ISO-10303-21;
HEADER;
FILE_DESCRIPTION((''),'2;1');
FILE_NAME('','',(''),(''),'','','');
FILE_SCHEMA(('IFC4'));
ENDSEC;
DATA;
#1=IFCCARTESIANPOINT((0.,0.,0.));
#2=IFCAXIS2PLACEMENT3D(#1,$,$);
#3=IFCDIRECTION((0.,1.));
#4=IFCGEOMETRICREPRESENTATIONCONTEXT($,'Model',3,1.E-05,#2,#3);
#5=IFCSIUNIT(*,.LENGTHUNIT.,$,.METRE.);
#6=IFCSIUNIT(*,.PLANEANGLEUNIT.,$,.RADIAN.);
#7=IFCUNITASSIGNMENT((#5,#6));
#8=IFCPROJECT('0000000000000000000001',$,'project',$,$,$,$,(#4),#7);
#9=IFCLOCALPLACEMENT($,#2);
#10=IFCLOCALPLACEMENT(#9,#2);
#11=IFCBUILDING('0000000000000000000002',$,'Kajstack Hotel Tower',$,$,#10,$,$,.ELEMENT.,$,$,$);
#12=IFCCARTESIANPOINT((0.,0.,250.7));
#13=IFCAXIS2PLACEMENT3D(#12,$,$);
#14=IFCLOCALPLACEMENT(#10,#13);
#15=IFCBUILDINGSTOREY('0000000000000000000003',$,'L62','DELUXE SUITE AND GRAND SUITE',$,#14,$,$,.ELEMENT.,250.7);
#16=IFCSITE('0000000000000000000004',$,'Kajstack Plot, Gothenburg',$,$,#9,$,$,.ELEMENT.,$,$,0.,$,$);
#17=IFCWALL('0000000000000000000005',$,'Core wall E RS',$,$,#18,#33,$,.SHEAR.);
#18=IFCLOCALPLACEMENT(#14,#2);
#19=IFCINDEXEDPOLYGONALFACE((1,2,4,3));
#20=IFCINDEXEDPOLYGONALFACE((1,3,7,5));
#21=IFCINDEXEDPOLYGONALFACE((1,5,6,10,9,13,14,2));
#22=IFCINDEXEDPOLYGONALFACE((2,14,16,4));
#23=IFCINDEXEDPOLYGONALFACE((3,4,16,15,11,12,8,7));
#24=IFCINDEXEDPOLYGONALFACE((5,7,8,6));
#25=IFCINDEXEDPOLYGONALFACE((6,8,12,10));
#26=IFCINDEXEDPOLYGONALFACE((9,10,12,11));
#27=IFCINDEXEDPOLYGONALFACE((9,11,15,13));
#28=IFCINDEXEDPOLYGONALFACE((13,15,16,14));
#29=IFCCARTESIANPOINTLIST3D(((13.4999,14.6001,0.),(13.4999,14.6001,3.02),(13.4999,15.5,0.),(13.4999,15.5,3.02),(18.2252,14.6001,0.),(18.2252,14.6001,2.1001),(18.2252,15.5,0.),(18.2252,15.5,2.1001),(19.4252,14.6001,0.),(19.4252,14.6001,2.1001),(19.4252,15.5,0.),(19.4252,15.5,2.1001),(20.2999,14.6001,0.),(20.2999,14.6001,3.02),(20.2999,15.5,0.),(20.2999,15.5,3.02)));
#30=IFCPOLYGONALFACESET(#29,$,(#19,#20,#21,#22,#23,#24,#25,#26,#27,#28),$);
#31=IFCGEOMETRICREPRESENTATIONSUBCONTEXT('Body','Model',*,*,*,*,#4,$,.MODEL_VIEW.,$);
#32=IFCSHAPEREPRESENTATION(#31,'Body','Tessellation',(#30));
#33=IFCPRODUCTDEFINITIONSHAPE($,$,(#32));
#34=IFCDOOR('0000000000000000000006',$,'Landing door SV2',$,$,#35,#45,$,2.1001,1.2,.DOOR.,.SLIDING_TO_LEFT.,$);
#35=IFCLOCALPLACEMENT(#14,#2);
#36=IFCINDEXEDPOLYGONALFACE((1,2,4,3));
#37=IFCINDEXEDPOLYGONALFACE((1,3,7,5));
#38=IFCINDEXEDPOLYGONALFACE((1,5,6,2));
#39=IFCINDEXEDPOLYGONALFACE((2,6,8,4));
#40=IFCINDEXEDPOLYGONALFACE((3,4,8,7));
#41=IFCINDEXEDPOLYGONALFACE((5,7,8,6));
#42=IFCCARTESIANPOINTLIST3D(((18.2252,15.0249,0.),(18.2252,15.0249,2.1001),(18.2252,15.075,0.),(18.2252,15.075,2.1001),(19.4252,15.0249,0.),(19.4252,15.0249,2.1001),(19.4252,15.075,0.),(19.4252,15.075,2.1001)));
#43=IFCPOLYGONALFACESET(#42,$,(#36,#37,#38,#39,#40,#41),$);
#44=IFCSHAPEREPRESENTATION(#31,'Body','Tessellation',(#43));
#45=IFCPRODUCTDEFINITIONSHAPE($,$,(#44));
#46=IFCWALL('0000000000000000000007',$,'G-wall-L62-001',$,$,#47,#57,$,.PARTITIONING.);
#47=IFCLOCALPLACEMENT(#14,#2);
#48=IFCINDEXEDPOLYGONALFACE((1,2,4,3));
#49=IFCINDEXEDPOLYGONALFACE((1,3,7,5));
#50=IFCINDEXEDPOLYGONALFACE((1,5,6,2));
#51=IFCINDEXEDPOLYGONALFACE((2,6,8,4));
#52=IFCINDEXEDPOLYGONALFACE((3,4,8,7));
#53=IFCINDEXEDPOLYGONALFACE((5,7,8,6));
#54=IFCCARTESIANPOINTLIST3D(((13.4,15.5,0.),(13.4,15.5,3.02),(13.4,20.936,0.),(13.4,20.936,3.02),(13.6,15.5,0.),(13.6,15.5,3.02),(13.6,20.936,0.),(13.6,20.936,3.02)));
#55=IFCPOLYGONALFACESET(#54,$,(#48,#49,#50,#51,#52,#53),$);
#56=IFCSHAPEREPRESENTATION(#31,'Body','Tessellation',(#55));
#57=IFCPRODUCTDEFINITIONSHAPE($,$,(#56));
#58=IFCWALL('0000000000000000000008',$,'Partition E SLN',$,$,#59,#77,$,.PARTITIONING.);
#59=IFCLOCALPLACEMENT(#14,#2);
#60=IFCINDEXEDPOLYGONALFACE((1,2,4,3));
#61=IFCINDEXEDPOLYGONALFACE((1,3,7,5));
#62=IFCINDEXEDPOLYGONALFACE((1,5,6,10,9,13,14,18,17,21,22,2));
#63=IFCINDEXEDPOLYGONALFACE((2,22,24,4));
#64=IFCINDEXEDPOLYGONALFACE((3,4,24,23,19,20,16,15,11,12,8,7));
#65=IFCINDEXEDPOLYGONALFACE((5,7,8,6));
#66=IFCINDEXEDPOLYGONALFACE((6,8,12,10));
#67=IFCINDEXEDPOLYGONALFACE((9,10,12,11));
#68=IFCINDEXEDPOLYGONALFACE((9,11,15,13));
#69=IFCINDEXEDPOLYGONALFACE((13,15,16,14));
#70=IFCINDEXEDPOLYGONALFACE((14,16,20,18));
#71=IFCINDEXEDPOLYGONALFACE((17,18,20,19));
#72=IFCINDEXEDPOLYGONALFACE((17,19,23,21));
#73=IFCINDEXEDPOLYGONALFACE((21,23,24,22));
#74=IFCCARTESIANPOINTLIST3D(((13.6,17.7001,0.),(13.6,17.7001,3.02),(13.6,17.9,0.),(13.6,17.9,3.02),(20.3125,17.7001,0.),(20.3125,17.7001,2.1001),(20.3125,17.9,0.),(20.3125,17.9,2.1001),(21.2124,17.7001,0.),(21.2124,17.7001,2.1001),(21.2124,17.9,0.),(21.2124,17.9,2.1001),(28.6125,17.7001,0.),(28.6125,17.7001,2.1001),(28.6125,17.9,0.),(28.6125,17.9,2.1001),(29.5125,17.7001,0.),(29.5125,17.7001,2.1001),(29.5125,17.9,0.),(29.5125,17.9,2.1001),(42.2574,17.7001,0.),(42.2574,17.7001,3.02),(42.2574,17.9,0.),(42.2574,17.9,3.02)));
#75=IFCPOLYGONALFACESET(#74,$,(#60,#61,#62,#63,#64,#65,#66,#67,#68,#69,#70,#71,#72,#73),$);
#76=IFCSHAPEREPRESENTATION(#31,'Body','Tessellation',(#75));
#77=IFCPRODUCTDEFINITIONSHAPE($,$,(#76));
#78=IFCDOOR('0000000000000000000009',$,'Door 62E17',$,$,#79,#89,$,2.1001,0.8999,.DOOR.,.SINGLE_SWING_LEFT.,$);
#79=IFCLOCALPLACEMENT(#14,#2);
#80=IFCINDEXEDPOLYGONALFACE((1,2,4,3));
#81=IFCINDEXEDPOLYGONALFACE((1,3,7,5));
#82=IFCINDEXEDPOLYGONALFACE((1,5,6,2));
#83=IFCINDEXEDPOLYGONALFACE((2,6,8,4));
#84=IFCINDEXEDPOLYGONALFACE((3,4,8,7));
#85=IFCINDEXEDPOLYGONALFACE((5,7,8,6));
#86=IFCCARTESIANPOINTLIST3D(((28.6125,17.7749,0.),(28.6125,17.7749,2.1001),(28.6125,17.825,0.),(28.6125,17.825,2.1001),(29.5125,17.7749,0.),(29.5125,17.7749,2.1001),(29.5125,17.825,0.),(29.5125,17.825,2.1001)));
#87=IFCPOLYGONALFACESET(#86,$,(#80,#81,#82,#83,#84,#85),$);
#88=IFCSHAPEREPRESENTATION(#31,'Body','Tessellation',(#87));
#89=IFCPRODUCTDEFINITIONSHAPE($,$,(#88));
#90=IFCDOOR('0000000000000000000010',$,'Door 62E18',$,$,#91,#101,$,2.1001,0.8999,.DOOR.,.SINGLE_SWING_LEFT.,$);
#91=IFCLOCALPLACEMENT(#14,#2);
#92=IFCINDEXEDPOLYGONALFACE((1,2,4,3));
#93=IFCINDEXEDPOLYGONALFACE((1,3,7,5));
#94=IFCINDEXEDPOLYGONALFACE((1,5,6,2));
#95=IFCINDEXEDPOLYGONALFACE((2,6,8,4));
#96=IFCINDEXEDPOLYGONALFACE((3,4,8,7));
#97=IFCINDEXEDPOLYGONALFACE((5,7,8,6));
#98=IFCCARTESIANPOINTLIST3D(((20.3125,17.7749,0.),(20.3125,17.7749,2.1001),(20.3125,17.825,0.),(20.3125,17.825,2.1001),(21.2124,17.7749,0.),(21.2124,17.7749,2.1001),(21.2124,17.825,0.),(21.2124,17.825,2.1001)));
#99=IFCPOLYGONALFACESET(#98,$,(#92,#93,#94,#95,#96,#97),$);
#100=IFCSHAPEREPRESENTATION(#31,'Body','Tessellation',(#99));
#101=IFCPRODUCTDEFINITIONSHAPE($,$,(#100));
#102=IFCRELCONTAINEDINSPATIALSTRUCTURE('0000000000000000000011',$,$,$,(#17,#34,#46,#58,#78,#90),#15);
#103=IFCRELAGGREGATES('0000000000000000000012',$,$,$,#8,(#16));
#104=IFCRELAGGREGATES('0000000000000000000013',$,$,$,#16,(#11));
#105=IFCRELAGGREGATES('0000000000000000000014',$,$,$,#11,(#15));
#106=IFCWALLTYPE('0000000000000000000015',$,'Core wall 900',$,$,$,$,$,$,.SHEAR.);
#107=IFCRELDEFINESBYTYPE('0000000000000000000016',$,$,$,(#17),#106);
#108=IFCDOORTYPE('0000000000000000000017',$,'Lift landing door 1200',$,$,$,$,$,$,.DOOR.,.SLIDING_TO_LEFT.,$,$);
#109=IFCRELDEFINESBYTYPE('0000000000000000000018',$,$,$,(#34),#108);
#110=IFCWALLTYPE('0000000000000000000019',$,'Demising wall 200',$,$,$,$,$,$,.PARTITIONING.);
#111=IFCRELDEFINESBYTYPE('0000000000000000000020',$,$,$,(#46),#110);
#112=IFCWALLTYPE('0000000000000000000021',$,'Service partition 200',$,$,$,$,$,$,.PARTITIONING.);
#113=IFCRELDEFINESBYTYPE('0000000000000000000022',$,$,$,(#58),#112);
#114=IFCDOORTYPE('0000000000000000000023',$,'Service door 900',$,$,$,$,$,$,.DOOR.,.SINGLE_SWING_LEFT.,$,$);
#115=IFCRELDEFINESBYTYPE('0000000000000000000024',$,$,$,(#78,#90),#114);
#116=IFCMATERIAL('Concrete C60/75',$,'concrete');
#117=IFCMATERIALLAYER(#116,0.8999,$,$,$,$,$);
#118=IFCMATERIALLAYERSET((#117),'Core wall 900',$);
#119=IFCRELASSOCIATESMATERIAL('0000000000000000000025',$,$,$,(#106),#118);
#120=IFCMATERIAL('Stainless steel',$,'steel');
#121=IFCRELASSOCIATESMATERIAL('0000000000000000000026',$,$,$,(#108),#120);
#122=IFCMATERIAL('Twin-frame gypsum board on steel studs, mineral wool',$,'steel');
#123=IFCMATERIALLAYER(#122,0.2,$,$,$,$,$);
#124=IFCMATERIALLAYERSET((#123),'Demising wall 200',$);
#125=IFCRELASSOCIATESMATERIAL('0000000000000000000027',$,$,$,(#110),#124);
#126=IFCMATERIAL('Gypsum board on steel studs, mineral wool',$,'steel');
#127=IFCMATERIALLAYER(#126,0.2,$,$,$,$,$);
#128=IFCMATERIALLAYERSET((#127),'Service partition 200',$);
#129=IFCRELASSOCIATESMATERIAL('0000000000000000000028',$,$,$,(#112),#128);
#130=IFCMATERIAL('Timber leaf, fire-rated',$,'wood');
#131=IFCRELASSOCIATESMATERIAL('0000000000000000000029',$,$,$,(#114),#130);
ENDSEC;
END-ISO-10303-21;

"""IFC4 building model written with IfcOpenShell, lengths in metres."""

from ifc_helpers import new_model, si_unit, direction, frame, frame_2d, origin, place, context, subcontext, project, spatial, rectangle, extrude, material, layer, layer_set, type_object, element, fill, save


model = new_model("IFC4")

# Units and contexts
model_context = context("Model", 3, precision=1e-05, world=origin(), true_north=direction((0.0, 1.0)))
body_context = subcontext(model_context, "Body", "Model", "MODEL_VIEW")
ifc_project = project(units=[si_unit("LENGTHUNIT", "METRE"), si_unit("PLANEANGLEUNIT", "RADIAN")], contexts=[model_context])

# Site, building, storey
site_placement = place(None, origin())
site = spatial("IfcSite", under=ifc_project, at=site_placement, Name="Kajstack Plot, Gothenburg", CompositionType="ELEMENT", RefElevation=0.0)
building_placement = place(site_placement, origin())
building = spatial("IfcBuilding", under=site, at=building_placement, Name="Kajstack Hotel Tower", CompositionType="ELEMENT")
storey_placement = place(building_placement, frame((0.0, 0.0, 250.7)))
storey = spatial("IfcBuildingStorey", under=building, at=storey_placement, Name="L62", Description="DELUXE SUITE AND GRAND SUITE", CompositionType="ELEMENT", Elevation=250.7)

# Wall, opening, door
ifc_material_1 = material(Name="Concrete C60/75", Category="concrete")
ifc_layer_1 = layer(ifc_material_1, 0.8999)
ifc_layer_set_1 = layer_set([ifc_layer_1], Name="Core wall 900")
wall_type_1 = type_object("IfcWallType", Name="Core wall 900", PredefinedType="SHEAR", material=ifc_layer_set_1)
wall_1_placement = place(storey_placement, frame((13.5, 15.05, 0.0), z_axis=(0.0, 0.0, 1.0), x_axis=(1.0, 0.0, 0.0)))
wall_1 = element("IfcWall", 1, at=wall_1_placement, inside=storey, type_object=wall_type_1, Name="Core wall E RS", PredefinedType="SHEAR", context=body_context, shape_type="SweptSolid", body=[
    extrude(rectangle(XDim=6.8, YDim=0.8999, at=frame_2d((3.3999, 0.0))), origin(), (0.0, 0.0, 1.0), 3.02),
])
opening_1_placement = place(wall_1_placement, frame((4.7251, 0.0, 0.0)))
opening_1 = element("IfcOpeningElement", 2, at=opening_1_placement, cuts=wall_1, PredefinedType="OPENING", context=body_context, shape_type="SweptSolid", body=[
    extrude(rectangle(XDim=1.2, YDim=2.1001, at=frame_2d((0.6001, 1.05))), frame((0.0, 0.46, 0.0), z_axis=(0.0, -1.0, 0.0), x_axis=(1.0, 0.0, 0.0)), (0.0, 0.0, 1.0), 0.9199),
])
ifc_material_2 = material(Name="Stainless steel", Category="steel")
door_type_1 = type_object("IfcDoorType", Name="Lift landing door 1200", OperationType="SLIDING_TO_LEFT", PredefinedType="DOOR", material=ifc_material_2)
door_1_placement = place(opening_1_placement, origin())
door_1 = element("IfcDoor", 3, at=door_1_placement, inside=storey, type_object=door_type_1, Name="Landing door SV2", OperationType="SLIDING_TO_LEFT", OverallHeight=2.1001, OverallWidth=1.2, PredefinedType="DOOR", context=body_context, shape_type="SweptSolid", body=[
    extrude(rectangle(XDim=1.2, YDim=2.1001, at=frame_2d((0.6001, 1.05))), frame((0.0, 0.0249, 0.0), z_axis=(0.0, -1.0, 0.0), x_axis=(1.0, 0.0, 0.0)), (0.0, 0.0, 1.0), 0.05),
])
fill(opening_1, door_1)

# Wall
ifc_material_3 = material(Name="Twin-frame gypsum board on steel studs, mineral wool", Category="steel")
ifc_layer_2 = layer(ifc_material_3, 0.2)
ifc_layer_set_2 = layer_set([ifc_layer_2], Name="Demising wall 200")
wall_type_2 = type_object("IfcWallType", Name="Demising wall 200", PredefinedType="PARTITIONING", material=ifc_layer_set_2)
wall_2_placement = place(storey_placement, frame((13.5, 15.5, 0.0), z_axis=(0.0, 0.0, 1.0), x_axis=(0.0, 1.0, 0.0)))
element("IfcWall", 4, at=wall_2_placement, inside=storey, type_object=wall_type_2, Name="G-wall-L62-001", PredefinedType="PARTITIONING", context=body_context, shape_type="SweptSolid", body=[
    extrude(rectangle(XDim=5.436, YDim=0.2, at=frame_2d((2.718, 0.0))), origin(), (0.0, 0.0, 1.0), 3.02),
])

# Wall, openings, doors
ifc_material_4 = material(Name="Gypsum board on steel studs, mineral wool", Category="steel")
ifc_layer_3 = layer(ifc_material_4, 0.2)
ifc_layer_set_3 = layer_set([ifc_layer_3], Name="Service partition 200")
wall_type_3 = type_object("IfcWallType", Name="Service partition 200", PredefinedType="PARTITIONING", material=ifc_layer_set_3)
wall_3_placement = place(storey_placement, frame((13.6001, 17.8, 0.0), z_axis=(0.0, 0.0, 1.0), x_axis=(1.0, 0.0, 0.0)))
wall_3 = element("IfcWall", 5, at=wall_3_placement, inside=storey, type_object=wall_type_3, Name="Partition E SLN", PredefinedType="PARTITIONING", context=body_context, shape_type="SweptSolid", body=[
    extrude(rectangle(XDim=28.6575, YDim=0.2, at=frame_2d((14.3286, 0.0))), origin(), (0.0, 0.0, 1.0), 3.02),
])
opening_2_placement = place(wall_3_placement, frame((15.0125, 0.0, 0.0)))
opening_2 = element("IfcOpeningElement", 6, at=opening_2_placement, cuts=wall_3, PredefinedType="OPENING", context=body_context, shape_type="SweptSolid", body=[
    extrude(rectangle(XDim=0.8999, YDim=2.1001, at=frame_2d((0.45, 1.05))), frame((0.0, 0.1099, 0.0), z_axis=(0.0, -1.0, 0.0), x_axis=(1.0, 0.0, 0.0)), (0.0, 0.0, 1.0), 0.22),
])
opening_3_placement = place(wall_3_placement, frame((6.7124, 0.0, 0.0)))
opening_3 = element("IfcOpeningElement", 7, at=opening_3_placement, cuts=wall_3, PredefinedType="OPENING", context=body_context, shape_type="SweptSolid", body=[
    extrude(rectangle(XDim=0.8999, YDim=2.1001, at=frame_2d((0.45, 1.05))), frame((0.0, 0.1099, 0.0), z_axis=(0.0, -1.0, 0.0), x_axis=(1.0, 0.0, 0.0)), (0.0, 0.0, 1.0), 0.22),
])
ifc_material_5 = material(Name="Timber leaf, fire-rated", Category="wood")
door_type_2 = type_object("IfcDoorType", Name="Service door 900", OperationType="SINGLE_SWING_LEFT", PredefinedType="DOOR", material=ifc_material_5)
door_2_placement = place(opening_2_placement, origin())
door_2 = element("IfcDoor", 8, at=door_2_placement, inside=storey, type_object=door_type_2, Name="Door 62E17", OperationType="SINGLE_SWING_LEFT", OverallHeight=2.1001, OverallWidth=0.8999, PredefinedType="DOOR", context=body_context, shape_type="SweptSolid", body=[
    extrude(rectangle(XDim=0.8999, YDim=2.1001, at=frame_2d((0.45, 1.05))), frame((0.0, 0.0249, 0.0), z_axis=(0.0, -1.0, 0.0), x_axis=(1.0, 0.0, 0.0)), (0.0, 0.0, 1.0), 0.05),
])
fill(opening_2, door_2)
door_3_placement = place(opening_3_placement, origin())
door_3 = element("IfcDoor", 9, at=door_3_placement, inside=storey, type_object=door_type_2, Name="Door 62E18", OperationType="SINGLE_SWING_LEFT", OverallHeight=2.1001, OverallWidth=0.8999, PredefinedType="DOOR", context=body_context, shape_type="SweptSolid", body=[
    extrude(rectangle(XDim=0.8999, YDim=2.1001, at=frame_2d((0.45, 1.05))), frame((0.0, 0.0249, 0.0), z_axis=(0.0, -1.0, 0.0), x_axis=(1.0, 0.0, 0.0)), (0.0, 0.0, 1.0), 0.05),
])
fill(opening_3, door_3)

save(model, "model.ifc")
